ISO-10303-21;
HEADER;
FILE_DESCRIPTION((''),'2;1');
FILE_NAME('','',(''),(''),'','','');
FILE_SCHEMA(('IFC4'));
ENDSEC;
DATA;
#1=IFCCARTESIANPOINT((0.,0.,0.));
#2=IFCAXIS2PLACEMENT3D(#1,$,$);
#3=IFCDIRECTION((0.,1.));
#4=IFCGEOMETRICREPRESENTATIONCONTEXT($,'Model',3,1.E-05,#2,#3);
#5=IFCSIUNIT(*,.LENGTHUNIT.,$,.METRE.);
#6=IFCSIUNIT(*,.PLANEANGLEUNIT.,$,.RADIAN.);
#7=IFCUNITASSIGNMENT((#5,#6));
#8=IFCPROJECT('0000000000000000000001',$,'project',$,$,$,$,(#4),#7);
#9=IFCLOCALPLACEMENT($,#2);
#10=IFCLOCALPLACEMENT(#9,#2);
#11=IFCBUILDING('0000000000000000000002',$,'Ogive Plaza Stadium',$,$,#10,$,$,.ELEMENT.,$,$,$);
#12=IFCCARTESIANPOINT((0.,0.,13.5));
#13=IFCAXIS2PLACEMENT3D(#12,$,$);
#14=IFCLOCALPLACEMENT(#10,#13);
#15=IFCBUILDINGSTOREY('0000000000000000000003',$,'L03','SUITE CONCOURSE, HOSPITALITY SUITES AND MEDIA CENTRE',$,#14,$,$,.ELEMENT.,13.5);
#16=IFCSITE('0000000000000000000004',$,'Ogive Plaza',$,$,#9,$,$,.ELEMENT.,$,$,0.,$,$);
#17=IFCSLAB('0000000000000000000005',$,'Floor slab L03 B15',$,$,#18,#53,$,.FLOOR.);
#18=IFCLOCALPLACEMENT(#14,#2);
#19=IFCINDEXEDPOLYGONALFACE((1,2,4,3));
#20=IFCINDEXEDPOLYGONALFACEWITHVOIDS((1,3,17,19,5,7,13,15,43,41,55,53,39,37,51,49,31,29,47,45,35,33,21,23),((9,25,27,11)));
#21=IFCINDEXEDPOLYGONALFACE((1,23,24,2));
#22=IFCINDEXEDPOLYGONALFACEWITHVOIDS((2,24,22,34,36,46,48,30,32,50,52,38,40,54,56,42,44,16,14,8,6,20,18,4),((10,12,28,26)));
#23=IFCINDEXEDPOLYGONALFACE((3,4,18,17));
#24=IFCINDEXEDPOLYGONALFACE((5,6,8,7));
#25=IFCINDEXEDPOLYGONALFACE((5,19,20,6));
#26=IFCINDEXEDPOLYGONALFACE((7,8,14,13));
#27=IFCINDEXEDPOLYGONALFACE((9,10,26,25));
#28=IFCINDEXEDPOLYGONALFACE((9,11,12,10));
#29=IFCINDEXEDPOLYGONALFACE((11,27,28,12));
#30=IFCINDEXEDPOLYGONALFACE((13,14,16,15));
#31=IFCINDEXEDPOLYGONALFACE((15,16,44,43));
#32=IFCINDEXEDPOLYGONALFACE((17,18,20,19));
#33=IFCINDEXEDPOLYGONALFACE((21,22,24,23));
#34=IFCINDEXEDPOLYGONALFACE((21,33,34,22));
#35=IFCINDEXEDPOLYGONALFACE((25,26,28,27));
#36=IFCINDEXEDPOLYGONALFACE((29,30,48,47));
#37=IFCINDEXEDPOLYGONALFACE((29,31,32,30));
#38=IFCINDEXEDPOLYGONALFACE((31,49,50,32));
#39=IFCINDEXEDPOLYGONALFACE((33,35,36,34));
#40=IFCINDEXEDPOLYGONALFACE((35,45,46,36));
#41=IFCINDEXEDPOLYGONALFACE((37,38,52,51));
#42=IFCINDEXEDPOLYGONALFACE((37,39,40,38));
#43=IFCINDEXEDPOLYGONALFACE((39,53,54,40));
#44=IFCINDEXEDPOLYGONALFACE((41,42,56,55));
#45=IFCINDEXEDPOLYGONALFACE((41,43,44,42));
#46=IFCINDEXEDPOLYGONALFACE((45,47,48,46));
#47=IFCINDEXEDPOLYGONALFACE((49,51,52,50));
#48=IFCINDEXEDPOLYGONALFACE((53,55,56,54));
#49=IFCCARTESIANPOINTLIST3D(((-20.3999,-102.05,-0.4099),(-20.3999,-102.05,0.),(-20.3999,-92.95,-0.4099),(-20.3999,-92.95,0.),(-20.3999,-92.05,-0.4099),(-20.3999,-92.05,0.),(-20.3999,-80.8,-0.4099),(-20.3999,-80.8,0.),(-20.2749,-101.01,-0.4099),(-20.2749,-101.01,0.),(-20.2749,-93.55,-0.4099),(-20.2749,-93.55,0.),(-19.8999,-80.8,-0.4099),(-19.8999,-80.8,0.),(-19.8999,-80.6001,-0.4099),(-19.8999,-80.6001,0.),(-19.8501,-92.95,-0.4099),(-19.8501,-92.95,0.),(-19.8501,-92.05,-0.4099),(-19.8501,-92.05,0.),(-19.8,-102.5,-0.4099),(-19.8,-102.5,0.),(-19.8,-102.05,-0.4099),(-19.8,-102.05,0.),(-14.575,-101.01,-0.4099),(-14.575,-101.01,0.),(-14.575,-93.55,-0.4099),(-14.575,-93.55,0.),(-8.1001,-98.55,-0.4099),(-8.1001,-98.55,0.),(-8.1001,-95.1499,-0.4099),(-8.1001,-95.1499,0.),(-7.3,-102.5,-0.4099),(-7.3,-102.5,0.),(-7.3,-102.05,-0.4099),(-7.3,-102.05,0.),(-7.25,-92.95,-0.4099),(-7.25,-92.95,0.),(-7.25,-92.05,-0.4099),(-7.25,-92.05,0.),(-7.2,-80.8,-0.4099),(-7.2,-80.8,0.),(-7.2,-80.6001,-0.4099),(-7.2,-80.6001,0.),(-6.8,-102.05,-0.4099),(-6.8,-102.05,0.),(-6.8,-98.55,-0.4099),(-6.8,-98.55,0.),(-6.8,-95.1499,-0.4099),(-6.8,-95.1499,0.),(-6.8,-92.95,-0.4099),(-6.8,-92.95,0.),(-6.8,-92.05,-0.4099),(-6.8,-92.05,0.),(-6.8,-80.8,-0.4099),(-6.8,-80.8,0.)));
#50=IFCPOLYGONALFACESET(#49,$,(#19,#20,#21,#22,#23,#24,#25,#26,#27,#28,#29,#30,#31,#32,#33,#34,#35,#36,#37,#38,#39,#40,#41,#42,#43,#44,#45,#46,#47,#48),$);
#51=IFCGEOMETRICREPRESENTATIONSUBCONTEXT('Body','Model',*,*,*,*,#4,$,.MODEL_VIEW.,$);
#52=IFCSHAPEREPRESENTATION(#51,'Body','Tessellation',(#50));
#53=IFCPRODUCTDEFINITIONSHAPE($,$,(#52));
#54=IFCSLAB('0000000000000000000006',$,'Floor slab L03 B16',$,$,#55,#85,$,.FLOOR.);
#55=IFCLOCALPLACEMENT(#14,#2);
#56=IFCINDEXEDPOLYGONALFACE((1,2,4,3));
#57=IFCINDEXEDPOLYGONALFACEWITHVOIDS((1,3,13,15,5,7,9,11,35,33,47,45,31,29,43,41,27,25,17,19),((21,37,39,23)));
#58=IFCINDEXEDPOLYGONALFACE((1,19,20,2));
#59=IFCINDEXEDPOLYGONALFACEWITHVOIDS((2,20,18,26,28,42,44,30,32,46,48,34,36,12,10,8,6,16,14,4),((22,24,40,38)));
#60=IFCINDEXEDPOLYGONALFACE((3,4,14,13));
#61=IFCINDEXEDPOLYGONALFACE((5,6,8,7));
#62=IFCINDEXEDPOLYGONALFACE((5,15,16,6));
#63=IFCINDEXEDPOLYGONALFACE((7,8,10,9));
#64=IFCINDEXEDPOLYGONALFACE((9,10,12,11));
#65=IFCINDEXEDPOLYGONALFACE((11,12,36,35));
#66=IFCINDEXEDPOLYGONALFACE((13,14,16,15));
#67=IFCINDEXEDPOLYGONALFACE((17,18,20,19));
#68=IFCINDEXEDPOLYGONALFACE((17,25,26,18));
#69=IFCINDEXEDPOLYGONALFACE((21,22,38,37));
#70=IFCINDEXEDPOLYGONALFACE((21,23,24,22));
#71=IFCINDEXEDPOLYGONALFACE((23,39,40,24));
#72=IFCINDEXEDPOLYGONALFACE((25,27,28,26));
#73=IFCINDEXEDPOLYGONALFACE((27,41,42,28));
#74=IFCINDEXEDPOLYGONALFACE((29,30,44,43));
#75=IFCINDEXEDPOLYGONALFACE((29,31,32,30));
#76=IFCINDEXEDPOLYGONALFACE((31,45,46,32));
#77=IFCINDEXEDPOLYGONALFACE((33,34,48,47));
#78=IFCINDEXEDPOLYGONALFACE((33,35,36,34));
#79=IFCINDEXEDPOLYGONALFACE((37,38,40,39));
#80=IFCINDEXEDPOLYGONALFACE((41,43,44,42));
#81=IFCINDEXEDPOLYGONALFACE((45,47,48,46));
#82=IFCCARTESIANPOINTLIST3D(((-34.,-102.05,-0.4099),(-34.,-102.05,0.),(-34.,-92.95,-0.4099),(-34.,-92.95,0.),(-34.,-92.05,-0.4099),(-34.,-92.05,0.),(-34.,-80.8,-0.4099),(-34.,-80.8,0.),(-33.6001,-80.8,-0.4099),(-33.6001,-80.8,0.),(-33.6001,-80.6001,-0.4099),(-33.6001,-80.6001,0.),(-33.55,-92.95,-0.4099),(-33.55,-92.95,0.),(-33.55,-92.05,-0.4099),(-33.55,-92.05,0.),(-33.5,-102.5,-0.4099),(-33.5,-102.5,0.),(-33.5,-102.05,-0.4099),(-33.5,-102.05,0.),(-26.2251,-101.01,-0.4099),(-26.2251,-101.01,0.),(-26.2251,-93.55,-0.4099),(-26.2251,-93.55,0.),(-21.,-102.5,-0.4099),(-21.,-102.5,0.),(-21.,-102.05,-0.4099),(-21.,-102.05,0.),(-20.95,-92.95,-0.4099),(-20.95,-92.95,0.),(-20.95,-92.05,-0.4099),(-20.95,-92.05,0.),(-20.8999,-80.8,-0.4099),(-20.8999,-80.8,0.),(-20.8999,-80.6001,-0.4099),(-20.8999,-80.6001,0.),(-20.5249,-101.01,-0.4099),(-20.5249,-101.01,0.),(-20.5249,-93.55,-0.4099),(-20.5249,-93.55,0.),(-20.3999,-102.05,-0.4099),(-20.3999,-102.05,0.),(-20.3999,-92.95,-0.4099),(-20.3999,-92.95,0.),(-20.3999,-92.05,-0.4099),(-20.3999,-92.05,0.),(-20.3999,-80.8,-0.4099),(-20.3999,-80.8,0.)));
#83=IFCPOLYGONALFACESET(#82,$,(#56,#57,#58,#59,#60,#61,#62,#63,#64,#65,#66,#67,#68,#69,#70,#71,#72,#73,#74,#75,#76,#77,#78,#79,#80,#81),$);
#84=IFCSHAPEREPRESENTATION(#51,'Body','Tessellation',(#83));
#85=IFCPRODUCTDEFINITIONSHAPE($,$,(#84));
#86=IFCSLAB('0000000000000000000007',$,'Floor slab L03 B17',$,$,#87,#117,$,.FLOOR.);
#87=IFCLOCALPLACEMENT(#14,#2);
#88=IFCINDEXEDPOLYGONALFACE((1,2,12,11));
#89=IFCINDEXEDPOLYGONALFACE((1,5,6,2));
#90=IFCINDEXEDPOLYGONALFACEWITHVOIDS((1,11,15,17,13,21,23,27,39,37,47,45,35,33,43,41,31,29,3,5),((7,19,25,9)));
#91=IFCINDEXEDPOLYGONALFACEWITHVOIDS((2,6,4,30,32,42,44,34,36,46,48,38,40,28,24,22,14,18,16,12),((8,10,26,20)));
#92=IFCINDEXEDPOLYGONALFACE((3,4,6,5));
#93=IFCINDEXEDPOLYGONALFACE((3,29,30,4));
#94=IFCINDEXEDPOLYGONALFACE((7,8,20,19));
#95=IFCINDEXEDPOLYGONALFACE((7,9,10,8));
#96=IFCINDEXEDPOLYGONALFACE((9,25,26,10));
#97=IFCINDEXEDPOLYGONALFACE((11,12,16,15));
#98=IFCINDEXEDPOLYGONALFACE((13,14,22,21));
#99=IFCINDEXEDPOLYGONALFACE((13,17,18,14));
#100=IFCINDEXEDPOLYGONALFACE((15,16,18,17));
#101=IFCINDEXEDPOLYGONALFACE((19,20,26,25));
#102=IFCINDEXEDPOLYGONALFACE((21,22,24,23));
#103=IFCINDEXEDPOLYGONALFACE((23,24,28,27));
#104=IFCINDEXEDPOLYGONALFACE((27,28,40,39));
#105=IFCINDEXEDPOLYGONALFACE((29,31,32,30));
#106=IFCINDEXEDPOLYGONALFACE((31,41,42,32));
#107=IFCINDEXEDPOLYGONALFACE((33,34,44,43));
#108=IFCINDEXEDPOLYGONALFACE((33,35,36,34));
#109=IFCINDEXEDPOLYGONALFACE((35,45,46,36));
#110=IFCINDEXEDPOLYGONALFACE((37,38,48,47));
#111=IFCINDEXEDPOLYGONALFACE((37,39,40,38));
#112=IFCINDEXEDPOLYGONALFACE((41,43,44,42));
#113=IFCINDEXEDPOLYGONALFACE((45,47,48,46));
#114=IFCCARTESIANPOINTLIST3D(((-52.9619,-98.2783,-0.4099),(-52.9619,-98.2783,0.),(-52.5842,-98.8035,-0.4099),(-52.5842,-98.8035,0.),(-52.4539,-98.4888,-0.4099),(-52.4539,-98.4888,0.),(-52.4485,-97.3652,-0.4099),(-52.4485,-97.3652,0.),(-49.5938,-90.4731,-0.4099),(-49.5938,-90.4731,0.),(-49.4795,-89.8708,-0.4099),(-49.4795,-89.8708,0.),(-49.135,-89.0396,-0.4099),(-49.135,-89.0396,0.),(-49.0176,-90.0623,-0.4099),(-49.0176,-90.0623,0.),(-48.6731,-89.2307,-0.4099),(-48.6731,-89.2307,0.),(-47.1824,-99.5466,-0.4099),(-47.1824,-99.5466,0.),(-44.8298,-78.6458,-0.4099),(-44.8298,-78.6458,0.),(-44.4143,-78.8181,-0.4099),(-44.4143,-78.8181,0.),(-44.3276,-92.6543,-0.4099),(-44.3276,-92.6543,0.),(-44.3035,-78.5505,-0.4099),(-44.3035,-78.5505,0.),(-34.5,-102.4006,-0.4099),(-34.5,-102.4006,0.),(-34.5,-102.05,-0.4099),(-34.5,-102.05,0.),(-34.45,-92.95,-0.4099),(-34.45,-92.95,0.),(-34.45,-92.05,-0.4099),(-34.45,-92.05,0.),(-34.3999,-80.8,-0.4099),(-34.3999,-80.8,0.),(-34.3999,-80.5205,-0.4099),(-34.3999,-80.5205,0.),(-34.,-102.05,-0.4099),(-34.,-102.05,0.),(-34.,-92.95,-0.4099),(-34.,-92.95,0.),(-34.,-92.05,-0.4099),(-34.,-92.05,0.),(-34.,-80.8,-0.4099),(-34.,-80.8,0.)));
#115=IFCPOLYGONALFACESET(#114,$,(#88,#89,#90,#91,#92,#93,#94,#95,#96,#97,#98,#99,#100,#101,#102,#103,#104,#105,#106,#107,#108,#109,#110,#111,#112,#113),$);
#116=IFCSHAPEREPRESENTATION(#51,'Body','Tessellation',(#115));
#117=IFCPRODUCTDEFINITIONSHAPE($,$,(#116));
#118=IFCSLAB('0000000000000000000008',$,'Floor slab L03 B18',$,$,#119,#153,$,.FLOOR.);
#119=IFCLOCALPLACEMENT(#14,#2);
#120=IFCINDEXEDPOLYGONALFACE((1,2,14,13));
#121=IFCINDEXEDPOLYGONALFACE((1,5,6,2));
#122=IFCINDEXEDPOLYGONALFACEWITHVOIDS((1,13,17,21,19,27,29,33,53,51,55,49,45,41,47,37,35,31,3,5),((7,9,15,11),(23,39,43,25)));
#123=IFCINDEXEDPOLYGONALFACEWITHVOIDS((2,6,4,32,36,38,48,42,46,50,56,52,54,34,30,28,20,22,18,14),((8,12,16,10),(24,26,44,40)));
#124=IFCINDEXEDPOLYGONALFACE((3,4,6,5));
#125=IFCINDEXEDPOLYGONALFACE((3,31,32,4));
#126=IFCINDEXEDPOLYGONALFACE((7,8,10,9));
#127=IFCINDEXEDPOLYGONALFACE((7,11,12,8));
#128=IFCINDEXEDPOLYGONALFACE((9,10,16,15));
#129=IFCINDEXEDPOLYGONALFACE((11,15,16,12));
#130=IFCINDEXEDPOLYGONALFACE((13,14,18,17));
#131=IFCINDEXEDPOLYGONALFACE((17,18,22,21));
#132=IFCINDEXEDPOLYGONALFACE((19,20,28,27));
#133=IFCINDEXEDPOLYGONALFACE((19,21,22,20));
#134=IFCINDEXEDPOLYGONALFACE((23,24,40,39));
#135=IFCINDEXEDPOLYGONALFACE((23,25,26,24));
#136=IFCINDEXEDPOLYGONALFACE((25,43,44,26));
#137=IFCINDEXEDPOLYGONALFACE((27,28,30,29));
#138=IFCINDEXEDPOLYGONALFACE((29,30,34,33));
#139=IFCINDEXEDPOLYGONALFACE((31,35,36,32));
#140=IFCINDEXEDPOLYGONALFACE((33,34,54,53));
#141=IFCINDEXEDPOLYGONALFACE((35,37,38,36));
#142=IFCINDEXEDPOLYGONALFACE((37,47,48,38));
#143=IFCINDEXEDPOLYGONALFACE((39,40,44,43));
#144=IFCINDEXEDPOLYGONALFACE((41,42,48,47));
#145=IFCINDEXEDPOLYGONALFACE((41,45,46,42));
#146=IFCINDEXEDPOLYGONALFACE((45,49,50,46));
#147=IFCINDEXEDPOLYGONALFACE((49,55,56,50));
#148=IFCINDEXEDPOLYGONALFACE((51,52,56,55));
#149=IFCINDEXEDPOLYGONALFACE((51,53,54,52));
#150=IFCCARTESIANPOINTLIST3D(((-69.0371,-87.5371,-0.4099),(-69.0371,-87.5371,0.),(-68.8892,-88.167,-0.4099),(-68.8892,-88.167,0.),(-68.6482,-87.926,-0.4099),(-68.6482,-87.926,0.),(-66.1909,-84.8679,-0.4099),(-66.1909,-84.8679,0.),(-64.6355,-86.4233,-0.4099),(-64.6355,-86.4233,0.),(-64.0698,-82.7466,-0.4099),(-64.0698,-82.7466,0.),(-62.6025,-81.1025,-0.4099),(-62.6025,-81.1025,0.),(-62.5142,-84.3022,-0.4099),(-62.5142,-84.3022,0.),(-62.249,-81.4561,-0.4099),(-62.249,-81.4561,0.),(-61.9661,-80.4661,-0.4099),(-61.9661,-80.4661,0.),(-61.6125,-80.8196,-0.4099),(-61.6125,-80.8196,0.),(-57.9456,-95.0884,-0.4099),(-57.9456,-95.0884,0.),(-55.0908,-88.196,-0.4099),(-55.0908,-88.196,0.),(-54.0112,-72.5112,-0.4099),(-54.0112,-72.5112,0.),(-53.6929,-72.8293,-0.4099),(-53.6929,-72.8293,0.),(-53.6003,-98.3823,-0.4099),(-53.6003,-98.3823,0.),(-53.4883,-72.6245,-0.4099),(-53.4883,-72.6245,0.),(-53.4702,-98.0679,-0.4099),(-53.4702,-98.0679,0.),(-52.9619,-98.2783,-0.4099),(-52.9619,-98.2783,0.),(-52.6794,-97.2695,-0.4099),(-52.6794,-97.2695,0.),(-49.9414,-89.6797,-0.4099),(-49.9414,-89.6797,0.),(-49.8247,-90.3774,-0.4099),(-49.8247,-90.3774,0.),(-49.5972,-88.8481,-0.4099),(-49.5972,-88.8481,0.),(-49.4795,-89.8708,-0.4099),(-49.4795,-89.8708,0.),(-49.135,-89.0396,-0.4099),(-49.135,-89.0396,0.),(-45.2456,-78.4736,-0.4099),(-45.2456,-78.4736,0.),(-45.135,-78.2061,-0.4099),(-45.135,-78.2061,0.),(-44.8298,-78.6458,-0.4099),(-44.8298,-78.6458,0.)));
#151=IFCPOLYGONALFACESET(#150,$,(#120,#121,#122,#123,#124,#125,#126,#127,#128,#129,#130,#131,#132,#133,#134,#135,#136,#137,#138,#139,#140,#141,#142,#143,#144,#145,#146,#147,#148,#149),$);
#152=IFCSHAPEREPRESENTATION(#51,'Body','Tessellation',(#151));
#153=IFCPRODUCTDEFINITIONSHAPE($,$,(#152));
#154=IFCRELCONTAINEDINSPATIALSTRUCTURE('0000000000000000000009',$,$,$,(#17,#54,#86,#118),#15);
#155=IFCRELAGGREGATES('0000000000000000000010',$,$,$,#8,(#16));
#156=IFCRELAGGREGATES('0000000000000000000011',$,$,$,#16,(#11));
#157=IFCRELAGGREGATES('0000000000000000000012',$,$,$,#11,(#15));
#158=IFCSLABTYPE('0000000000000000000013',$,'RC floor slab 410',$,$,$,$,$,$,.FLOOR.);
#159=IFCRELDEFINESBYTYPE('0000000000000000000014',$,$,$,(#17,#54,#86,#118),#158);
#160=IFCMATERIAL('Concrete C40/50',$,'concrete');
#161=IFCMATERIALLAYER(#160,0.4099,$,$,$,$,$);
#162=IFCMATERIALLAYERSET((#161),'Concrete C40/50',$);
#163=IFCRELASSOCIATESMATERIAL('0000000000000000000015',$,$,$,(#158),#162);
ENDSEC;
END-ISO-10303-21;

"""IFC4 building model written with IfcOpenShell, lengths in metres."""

from ifc_helpers import new_model, si_unit, direction, frame, origin, place, context, subcontext, project, spatial, polyline, outline, extrude, material, layer, layer_set, type_object, element, save


model = new_model("IFC4")

# Units and contexts
model_context = context("Model", 3, precision=1e-05, world=origin(), true_north=direction((0.0, 1.0)))
body_context = subcontext(model_context, "Body", "Model", "MODEL_VIEW")
ifc_project = project(units=[si_unit("LENGTHUNIT", "METRE"), si_unit("PLANEANGLEUNIT", "RADIAN")], contexts=[model_context])

# Site, building, storey
site_placement = place(None, origin())
site = spatial("IfcSite", under=ifc_project, at=site_placement, Name="Ogive Plaza", CompositionType="ELEMENT", RefElevation=0.0)
building_placement = place(site_placement, origin())
building = spatial("IfcBuilding", under=site, at=building_placement, Name="Ogive Plaza Stadium", CompositionType="ELEMENT")
storey_placement = place(building_placement, frame((0.0, 0.0, 13.5)))
storey = spatial("IfcBuildingStorey", under=building, at=storey_placement, Name="L03", Description="SUITE CONCOURSE, HOSPITALITY SUITES AND MEDIA CENTRE", CompositionType="ELEMENT", Elevation=13.5)

# Slabs
ifc_material_1 = material(Name="Concrete C40/50", Category="concrete")
ifc_layer_1 = layer(ifc_material_1, 0.4099)
ifc_layer_set_1 = layer_set([ifc_layer_1], Name="Concrete C40/50")
slab_type = type_object("IfcSlabType", Name="RC floor slab 410", PredefinedType="FLOOR", material=ifc_layer_set_1)
slab_1_placement = place(storey_placement, frame((0.0, 0.0, -0.4099)))
element("IfcSlab", 1, at=slab_1_placement, inside=storey, type_object=slab_type, Name="Floor slab L03 B15", PredefinedType="FLOOR", context=body_context, shape_type="SweptSolid", body=[
    extrude(outline(polyline([(-20.3999, -92.05), (-19.8501, -92.05), (-19.8501, -92.95), (-20.3999, -92.95), (-20.3999, -102.05), (-19.8, -102.05), (-19.8, -102.5), (-7.3, -102.5), (-7.3, -102.05), (-6.8, -102.05), (-6.8, -98.55), (-8.1001, -98.55), (-8.1001, -95.1499), (-6.8, -95.1499), (-6.8, -92.95), (-7.25, -92.95), (-7.25, -92.05), (-6.8, -92.05), (-6.8, -80.8), (-7.2, -80.8), (-7.2, -80.6001), (-19.8999, -80.6001), (-19.8999, -80.8), (-20.3999, -80.8), (-20.3999, -92.05)]), holes=[polyline([(-14.575, -93.55), (-20.2749, -93.55), (-20.2749, -101.01), (-14.575, -101.01), (-14.575, -93.55)])]), origin(), (0.0, 0.0, 1.0), 0.4099),
])
slab_2_placement = place(storey_placement, frame((0.0, 0.0, -0.4099)))
element("IfcSlab", 2, at=slab_2_placement, inside=storey, type_object=slab_type, Name="Floor slab L03 B16", PredefinedType="FLOOR", context=body_context, shape_type="SweptSolid", body=[
    extrude(outline(polyline([(-34.0, -92.05), (-33.55, -92.05), (-33.55, -92.95), (-34.0, -92.95), (-34.0, -102.05), (-33.5, -102.05), (-33.5, -102.5), (-21.0, -102.5), (-21.0, -102.05), (-20.3999, -102.05), (-20.3999, -92.95), (-20.95, -92.95), (-20.95, -92.05), (-20.3999, -92.05), (-20.3999, -80.8), (-20.8999, -80.8), (-20.8999, -80.6001), (-33.6001, -80.6001), (-33.6001, -80.8), (-34.0, -80.8), (-34.0, -92.05)]), holes=[polyline([(-20.5249, -93.55), (-26.2251, -93.55), (-26.2251, -101.01), (-20.5249, -101.01), (-20.5249, -93.55)])]), origin(), (0.0, 0.0, 1.0), 0.4099),
])
slab_3_placement = place(storey_placement, frame((0.0, 0.0, -0.4099)))
element("IfcSlab", 3, at=slab_3_placement, inside=storey, type_object=slab_type, Name="Floor slab L03 B17", PredefinedType="FLOOR", context=body_context, shape_type="SweptSolid", body=[
    extrude(outline(polyline([(-49.135, -89.0396), (-48.6731, -89.2307), (-49.0176, -90.0623), (-49.4795, -89.8708), (-52.9619, -98.2783), (-52.4539, -98.4888), (-52.5842, -98.8035), (-34.5, -102.4006), (-34.5, -102.05), (-34.0, -102.05), (-34.0, -92.95), (-34.45, -92.95), (-34.45, -92.05), (-34.0, -92.05), (-34.0, -80.8), (-34.3999, -80.8), (-34.3999, -80.5205), (-44.3035, -78.5505), (-44.4143, -78.8181), (-44.8298, -78.6458), (-49.135, -89.0396)]), holes=[polyline([(-44.3276, -92.6543), (-49.5938, -90.4731), (-52.4485, -97.3652), (-47.1824, -99.5466), (-44.3276, -92.6543)])]), origin(), (0.0, 0.0, 1.0), 0.4099),
])
slab_4_placement = place(storey_placement, frame((0.0, 0.0, -0.4099)))
element("IfcSlab", 4, at=slab_4_placement, inside=storey, type_object=slab_type, Name="Floor slab L03 B18", PredefinedType="FLOOR", context=body_context, shape_type="SweptSolid", body=[
    extrude(outline(polyline([(-61.9661, -80.4661), (-61.6125, -80.8196), (-62.249, -81.4561), (-62.6025, -81.1025), (-69.0371, -87.5371), (-68.6482, -87.926), (-68.8892, -88.167), (-53.6003, -98.3823), (-53.4702, -98.0679), (-52.9619, -98.2783), (-49.4795, -89.8708), (-49.9414, -89.6797), (-49.5972, -88.8481), (-49.135, -89.0396), (-44.8298, -78.6458), (-45.2456, -78.4736), (-45.135, -78.2061), (-53.4883, -72.6245), (-53.6929, -72.8293), (-54.0112, -72.5112), (-61.9661, -80.4661)]), holes=[polyline([(-55.0908, -88.196), (-57.9456, -95.0884), (-52.6794, -97.2695), (-49.8247, -90.3774), (-55.0908, -88.196)]), polyline([(-62.5142, -84.3022), (-64.0698, -82.7466), (-66.1909, -84.8679), (-64.6355, -86.4233), (-62.5142, -84.3022)])]), origin(), (0.0, 0.0, 1.0), 0.4099),
])

save(model, "model.ifc")
